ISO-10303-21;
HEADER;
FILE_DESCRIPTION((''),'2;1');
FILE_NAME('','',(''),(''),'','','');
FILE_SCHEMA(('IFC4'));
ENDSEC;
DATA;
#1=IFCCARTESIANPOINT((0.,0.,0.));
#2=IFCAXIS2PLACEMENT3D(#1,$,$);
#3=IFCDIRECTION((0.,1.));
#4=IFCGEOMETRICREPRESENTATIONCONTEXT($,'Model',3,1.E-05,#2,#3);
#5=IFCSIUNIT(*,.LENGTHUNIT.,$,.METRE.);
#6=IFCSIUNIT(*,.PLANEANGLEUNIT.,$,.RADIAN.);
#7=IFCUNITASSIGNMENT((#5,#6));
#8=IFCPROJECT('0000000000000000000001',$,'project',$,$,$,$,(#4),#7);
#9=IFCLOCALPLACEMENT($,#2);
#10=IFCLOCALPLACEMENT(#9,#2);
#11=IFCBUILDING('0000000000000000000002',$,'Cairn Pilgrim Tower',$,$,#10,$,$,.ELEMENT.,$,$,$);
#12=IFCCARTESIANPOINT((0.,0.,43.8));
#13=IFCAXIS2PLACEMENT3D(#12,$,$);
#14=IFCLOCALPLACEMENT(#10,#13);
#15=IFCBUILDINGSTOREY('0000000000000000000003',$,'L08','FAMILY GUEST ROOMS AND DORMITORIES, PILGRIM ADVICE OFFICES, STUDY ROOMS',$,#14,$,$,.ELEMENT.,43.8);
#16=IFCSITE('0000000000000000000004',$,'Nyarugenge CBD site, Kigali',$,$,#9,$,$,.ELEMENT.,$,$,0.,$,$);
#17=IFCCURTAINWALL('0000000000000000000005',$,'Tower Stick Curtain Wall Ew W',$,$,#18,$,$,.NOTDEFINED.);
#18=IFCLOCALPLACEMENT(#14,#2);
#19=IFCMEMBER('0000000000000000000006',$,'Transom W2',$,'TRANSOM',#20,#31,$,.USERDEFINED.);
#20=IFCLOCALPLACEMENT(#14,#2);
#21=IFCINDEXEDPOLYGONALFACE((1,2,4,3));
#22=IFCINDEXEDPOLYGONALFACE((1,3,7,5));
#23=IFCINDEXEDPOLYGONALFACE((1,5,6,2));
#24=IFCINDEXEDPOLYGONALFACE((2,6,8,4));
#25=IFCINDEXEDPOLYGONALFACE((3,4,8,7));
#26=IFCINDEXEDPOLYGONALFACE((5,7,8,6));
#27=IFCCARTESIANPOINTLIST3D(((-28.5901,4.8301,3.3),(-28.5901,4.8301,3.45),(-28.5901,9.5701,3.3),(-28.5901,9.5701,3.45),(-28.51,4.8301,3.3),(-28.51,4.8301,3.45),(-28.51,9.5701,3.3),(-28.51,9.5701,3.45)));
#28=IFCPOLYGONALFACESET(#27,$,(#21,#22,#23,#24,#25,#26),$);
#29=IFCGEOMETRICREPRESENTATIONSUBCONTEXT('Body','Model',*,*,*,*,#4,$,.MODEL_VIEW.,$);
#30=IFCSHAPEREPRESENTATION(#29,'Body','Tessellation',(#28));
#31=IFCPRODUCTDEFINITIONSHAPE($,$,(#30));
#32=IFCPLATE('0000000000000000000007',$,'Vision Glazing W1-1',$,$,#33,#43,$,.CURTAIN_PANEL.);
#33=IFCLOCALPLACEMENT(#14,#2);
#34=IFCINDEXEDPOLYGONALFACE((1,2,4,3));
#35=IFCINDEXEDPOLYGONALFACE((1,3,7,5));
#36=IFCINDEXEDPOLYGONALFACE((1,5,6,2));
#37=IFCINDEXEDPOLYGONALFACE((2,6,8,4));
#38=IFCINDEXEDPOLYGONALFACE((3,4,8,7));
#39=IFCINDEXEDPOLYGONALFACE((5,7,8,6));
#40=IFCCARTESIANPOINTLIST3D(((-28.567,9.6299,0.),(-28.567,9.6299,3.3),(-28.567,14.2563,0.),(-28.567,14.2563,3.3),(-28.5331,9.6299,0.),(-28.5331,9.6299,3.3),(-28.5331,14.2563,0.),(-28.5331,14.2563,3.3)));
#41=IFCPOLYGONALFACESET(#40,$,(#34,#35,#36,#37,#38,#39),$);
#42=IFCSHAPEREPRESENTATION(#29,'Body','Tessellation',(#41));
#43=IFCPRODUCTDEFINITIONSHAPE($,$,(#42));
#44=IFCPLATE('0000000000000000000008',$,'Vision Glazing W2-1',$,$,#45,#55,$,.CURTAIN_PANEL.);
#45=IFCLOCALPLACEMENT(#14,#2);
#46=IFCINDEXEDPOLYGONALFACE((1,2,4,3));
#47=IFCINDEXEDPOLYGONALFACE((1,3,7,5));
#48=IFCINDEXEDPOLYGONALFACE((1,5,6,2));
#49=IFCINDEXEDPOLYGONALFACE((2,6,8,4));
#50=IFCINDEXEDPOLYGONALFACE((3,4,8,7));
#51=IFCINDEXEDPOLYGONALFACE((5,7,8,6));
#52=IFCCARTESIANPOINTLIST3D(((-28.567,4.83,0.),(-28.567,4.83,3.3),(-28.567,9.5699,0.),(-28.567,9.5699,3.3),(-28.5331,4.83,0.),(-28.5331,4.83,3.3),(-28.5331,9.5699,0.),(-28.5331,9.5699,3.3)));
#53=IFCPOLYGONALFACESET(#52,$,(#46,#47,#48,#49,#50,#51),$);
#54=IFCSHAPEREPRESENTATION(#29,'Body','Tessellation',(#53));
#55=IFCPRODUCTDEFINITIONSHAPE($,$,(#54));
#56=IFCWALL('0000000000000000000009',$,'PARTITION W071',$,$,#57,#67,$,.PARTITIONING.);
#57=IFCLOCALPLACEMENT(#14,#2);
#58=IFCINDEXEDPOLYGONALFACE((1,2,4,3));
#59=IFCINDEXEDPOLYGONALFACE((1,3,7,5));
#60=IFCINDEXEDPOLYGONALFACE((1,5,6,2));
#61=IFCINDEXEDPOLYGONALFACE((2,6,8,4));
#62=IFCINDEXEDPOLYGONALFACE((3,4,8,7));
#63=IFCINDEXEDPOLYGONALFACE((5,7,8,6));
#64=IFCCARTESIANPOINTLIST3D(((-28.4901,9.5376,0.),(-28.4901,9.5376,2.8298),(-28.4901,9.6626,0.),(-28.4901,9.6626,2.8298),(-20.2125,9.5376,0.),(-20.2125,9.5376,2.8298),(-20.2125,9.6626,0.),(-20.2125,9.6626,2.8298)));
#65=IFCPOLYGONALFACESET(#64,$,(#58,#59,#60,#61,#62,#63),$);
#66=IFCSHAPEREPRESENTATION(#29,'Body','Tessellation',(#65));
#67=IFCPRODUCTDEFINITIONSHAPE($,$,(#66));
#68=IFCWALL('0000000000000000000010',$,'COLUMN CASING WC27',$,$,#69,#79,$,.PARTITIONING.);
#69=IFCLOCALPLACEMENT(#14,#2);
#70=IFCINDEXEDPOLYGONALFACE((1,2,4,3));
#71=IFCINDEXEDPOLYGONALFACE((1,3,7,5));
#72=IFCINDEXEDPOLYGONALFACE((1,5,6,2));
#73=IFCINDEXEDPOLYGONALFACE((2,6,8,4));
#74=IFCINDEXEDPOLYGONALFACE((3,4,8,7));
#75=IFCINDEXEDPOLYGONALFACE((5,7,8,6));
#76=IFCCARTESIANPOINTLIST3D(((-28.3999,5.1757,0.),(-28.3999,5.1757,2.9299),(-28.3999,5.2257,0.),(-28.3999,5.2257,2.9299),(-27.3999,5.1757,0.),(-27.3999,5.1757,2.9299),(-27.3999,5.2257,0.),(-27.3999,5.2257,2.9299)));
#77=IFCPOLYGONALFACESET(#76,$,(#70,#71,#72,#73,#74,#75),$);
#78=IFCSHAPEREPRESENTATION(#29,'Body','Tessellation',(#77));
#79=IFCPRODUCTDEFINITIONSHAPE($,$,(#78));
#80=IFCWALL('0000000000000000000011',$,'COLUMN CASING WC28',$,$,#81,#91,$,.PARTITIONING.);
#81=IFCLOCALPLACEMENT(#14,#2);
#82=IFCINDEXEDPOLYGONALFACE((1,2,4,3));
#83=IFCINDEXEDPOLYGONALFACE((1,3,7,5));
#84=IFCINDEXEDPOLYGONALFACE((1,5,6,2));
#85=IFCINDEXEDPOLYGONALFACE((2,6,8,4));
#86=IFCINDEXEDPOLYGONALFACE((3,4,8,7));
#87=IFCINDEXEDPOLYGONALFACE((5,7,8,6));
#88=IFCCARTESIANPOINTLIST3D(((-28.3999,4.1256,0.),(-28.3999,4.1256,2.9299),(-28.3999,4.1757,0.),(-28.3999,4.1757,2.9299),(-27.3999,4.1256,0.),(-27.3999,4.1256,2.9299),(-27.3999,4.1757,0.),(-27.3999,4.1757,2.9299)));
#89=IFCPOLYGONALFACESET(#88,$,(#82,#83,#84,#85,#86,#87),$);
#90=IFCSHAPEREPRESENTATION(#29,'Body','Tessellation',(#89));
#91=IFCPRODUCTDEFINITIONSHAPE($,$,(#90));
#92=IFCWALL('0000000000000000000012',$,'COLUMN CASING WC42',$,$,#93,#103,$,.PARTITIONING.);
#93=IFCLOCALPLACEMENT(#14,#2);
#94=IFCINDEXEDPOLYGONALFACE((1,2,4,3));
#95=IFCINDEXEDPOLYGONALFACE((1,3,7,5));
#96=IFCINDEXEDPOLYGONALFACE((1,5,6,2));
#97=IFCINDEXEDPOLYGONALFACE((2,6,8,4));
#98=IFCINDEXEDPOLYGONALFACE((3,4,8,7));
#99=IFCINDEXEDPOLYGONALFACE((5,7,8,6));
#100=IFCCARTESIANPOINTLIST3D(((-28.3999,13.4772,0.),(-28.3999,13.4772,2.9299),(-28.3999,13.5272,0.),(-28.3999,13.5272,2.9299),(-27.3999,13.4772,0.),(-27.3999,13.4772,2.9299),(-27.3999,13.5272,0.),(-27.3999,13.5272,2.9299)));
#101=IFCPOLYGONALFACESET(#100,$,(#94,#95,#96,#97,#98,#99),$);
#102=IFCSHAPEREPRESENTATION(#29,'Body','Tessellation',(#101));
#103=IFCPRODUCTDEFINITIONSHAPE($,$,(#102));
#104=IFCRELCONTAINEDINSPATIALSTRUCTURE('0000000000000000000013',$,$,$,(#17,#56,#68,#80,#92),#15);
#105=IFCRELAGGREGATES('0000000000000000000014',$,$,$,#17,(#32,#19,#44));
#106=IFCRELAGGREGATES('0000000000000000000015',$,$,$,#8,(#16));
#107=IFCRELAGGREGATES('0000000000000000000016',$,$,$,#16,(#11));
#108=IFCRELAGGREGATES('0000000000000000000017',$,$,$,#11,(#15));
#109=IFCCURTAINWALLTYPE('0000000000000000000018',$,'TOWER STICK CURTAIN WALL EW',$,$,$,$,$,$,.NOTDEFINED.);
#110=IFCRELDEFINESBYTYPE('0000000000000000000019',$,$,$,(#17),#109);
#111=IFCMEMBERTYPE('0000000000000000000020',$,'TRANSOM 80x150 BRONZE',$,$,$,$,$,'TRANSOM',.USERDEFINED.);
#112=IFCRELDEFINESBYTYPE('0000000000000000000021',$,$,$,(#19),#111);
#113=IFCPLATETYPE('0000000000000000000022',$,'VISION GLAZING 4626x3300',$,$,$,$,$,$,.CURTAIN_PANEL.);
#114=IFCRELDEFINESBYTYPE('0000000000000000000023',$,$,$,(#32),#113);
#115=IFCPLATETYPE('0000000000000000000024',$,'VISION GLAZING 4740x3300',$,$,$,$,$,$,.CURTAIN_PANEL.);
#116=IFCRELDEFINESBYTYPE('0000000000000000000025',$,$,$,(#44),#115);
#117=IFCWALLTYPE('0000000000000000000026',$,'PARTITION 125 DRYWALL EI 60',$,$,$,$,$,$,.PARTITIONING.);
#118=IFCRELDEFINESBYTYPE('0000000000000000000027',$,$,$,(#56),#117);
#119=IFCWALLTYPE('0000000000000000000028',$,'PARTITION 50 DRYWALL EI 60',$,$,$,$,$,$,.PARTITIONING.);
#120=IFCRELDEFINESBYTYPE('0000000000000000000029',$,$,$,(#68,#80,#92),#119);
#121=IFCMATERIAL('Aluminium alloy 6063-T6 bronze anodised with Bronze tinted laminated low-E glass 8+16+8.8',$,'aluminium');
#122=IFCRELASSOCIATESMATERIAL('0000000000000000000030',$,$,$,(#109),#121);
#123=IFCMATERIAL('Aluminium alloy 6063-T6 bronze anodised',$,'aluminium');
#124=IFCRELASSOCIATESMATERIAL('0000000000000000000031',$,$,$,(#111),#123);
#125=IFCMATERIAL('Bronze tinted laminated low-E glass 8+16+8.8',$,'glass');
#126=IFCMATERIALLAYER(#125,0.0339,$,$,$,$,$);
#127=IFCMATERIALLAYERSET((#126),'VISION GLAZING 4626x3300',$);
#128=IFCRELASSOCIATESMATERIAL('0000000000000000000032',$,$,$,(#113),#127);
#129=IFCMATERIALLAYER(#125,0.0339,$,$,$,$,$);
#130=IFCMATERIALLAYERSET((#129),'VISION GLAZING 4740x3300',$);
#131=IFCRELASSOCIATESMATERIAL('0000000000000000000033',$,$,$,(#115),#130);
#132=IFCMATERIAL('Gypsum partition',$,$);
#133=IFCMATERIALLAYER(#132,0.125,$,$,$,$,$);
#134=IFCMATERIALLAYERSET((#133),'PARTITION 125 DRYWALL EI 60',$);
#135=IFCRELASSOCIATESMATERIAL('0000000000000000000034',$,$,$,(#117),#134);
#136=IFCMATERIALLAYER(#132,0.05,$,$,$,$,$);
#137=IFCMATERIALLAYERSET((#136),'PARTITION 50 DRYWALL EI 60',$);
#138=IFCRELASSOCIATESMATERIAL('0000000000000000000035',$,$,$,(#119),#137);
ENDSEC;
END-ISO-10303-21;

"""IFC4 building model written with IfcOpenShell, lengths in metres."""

from ifc_helpers import new_model, si_unit, direction, frame, frame_2d, origin, origin_2d, place, context, subcontext, project, spatial, rectangle, extrude, material, layer, layer_set, material_profile, profile_set, type_object, element, aggregate, save


model = new_model("IFC4")

# Units and contexts
model_context = context("Model", 3, precision=1e-05, world=origin(), true_north=direction((0.0, 1.0)))
body_context = subcontext(model_context, "Body", "Model", "MODEL_VIEW")
ifc_project = project(units=[si_unit("LENGTHUNIT", "METRE"), si_unit("PLANEANGLEUNIT", "RADIAN")], contexts=[model_context])

# Site, building, storey
site_placement = place(None, origin())
site = spatial("IfcSite", under=ifc_project, at=site_placement, Name="Nyarugenge CBD site, Kigali", CompositionType="ELEMENT", RefElevation=0.0)
building_placement = place(site_placement, origin())
building = spatial("IfcBuilding", under=site, at=building_placement, Name="Cairn Pilgrim Tower", CompositionType="ELEMENT")
storey_placement = place(building_placement, frame((0.0, 0.0, 43.8)))
storey = spatial("IfcBuildingStorey", under=building, at=storey_placement, Name="L08", Description="FAMILY GUEST ROOMS AND DORMITORIES, PILGRIM ADVICE OFFICES, STUDY ROOMS", CompositionType="ELEMENT", Elevation=43.8)

# Curtain wall
ifc_material_1 = material(Name="Aluminium alloy 6063-T6 bronze anodised with Bronze tinted laminated low-E glass 8+16+8.8", Category="aluminium")
curtain_wall_type = type_object("IfcCurtainWallType", Name="TOWER STICK CURTAIN WALL EW", PredefinedType="NOTDEFINED", material=ifc_material_1)
curtain_wall_placement = place(storey_placement, origin())
curtain_wall = element("IfcCurtainWall", 1, at=curtain_wall_placement, inside=storey, type_object=curtain_wall_type, Name="Tower Stick Curtain Wall Ew W", PredefinedType="NOTDEFINED")
ifc_material_2 = material(Name="Aluminium alloy 6063-T6 bronze anodised", Category="aluminium")

# Member
ifc_material_profile_1 = material_profile(ifc_material_2, rectangle(XDim=0.0801, YDim=0.1499, at=origin_2d()), Name="TRANSOM 80x150 BRONZE")
ifc_profile_set_1 = profile_set([ifc_material_profile_1], Name="Aluminium alloy 6063-T6 bronze anodised")
member_type_1 = type_object("IfcMemberType", Name="TRANSOM 80x150 BRONZE", ElementType="TRANSOM", PredefinedType="USERDEFINED", material=ifc_profile_set_1)
member_1_placement = place(storey_placement, frame((-28.55, 9.5701, 3.375), z_axis=(0.0, -1.0, 0.0), x_axis=(1.0, 0.0, 0.0)))
member_1 = element("IfcMember", 2, at=member_1_placement, type_object=member_type_1, Name="Transom W2", ObjectType="TRANSOM", PredefinedType="USERDEFINED", context=body_context, shape_type="SweptSolid", body=[
    extrude(rectangle(XDim=0.0801, YDim=0.1499, at=origin_2d()), origin(), (0.0, 0.0, 1.0), 4.74),
])

# Plates
ifc_material_3 = material(Name="Bronze tinted laminated low-E glass 8+16+8.8", Category="glass")
ifc_layer_1 = layer(ifc_material_3, 0.0339)
ifc_layer_set_1 = layer_set([ifc_layer_1], Name="VISION GLAZING 4626x3300")
plate_type_1 = type_object("IfcPlateType", Name="VISION GLAZING 4626x3300", PredefinedType="CURTAIN_PANEL", material=ifc_layer_set_1)
plate_1_placement = place(storey_placement, frame((-28.55, 11.9431, 0.0), z_axis=(0.0, 0.0, 1.0), x_axis=(0.0, -1.0, 0.0)))
plate_1 = element("IfcPlate", 3, at=plate_1_placement, type_object=plate_type_1, Name="Vision Glazing W1-1", PredefinedType="CURTAIN_PANEL", context=body_context, shape_type="SweptSolid", body=[
    extrude(rectangle(XDim=4.6265, YDim=0.0339, at=origin_2d()), origin(), (0.0, 0.0, 1.0), 3.3),
])
ifc_layer_2 = layer(ifc_material_3, 0.0339)
ifc_layer_set_2 = layer_set([ifc_layer_2], Name="VISION GLAZING 4740x3300")
plate_type_2 = type_object("IfcPlateType", Name="VISION GLAZING 4740x3300", PredefinedType="CURTAIN_PANEL", material=ifc_layer_set_2)
plate_2_placement = place(storey_placement, frame((-28.55, 7.2, 0.0), z_axis=(0.0, 0.0, 1.0), x_axis=(0.0, -1.0, 0.0)))
plate_2 = element("IfcPlate", 4, at=plate_2_placement, type_object=plate_type_2, Name="Vision Glazing W2-1", PredefinedType="CURTAIN_PANEL", context=body_context, shape_type="SweptSolid", body=[
    extrude(rectangle(XDim=4.74, YDim=0.0339, at=origin_2d()), origin(), (0.0, 0.0, 1.0), 3.3),
])
aggregate(curtain_wall, [plate_1, member_1, plate_2])

# Walls
ifc_material_4 = material(Name="Gypsum partition")
ifc_layer_3 = layer(ifc_material_4, 0.125)
ifc_layer_set_3 = layer_set([ifc_layer_3], Name="PARTITION 125 DRYWALL EI 60")
wall_type_1 = type_object("IfcWallType", Name="PARTITION 125 DRYWALL EI 60", PredefinedType="PARTITIONING", material=ifc_layer_set_3)
wall_1_placement = place(storey_placement, frame((-28.49, 9.6001, 0.0), z_axis=(0.0, 0.0, 1.0), x_axis=(1.0, 0.0, 0.0)))
element("IfcWall", 5, at=wall_1_placement, inside=storey, type_object=wall_type_1, Name="PARTITION W071", PredefinedType="PARTITIONING", context=body_context, shape_type="SweptSolid", body=[
    extrude(rectangle(XDim=8.2776, YDim=0.125, at=frame_2d((4.1387, 0.0))), origin(), (0.0, 0.0, 1.0), 2.8298),
])
ifc_layer_4 = layer(ifc_material_4, 0.05)
ifc_layer_set_4 = layer_set([ifc_layer_4], Name="PARTITION 50 DRYWALL EI 60")
wall_type_2 = type_object("IfcWallType", Name="PARTITION 50 DRYWALL EI 60", PredefinedType="PARTITIONING", material=ifc_layer_set_4)
for number, where, z_axis, x_axis, name in (
    (6, (-28.3999, 5.2007, 0.0), (0.0, 0.0, 1.0), (1.0, 0.0, 0.0), "COLUMN CASING WC27"),
    (7, (-28.3999, 4.1506, 0.0), (0.0, 0.0, 1.0), (1.0, 0.0, 0.0), "COLUMN CASING WC28"),
    (8, (-28.3999, 13.5022, 0.0), (0.0, 0.0, 1.0), (1.0, 0.0, 0.0), "COLUMN CASING WC42"),
):
    element("IfcWall", number, at=place(storey_placement, frame(where, z_axis=z_axis, x_axis=x_axis)), inside=storey, type_object=wall_type_2, Name=name, PredefinedType="PARTITIONING", context=body_context, shape_type="SweptSolid", body=[
        extrude(rectangle(XDim=1.0, YDim=0.05, at=frame_2d((0.5, 0.0))), origin(), (0.0, 0.0, 1.0), 2.9299),
    ])

save(model, "model.ifc")
